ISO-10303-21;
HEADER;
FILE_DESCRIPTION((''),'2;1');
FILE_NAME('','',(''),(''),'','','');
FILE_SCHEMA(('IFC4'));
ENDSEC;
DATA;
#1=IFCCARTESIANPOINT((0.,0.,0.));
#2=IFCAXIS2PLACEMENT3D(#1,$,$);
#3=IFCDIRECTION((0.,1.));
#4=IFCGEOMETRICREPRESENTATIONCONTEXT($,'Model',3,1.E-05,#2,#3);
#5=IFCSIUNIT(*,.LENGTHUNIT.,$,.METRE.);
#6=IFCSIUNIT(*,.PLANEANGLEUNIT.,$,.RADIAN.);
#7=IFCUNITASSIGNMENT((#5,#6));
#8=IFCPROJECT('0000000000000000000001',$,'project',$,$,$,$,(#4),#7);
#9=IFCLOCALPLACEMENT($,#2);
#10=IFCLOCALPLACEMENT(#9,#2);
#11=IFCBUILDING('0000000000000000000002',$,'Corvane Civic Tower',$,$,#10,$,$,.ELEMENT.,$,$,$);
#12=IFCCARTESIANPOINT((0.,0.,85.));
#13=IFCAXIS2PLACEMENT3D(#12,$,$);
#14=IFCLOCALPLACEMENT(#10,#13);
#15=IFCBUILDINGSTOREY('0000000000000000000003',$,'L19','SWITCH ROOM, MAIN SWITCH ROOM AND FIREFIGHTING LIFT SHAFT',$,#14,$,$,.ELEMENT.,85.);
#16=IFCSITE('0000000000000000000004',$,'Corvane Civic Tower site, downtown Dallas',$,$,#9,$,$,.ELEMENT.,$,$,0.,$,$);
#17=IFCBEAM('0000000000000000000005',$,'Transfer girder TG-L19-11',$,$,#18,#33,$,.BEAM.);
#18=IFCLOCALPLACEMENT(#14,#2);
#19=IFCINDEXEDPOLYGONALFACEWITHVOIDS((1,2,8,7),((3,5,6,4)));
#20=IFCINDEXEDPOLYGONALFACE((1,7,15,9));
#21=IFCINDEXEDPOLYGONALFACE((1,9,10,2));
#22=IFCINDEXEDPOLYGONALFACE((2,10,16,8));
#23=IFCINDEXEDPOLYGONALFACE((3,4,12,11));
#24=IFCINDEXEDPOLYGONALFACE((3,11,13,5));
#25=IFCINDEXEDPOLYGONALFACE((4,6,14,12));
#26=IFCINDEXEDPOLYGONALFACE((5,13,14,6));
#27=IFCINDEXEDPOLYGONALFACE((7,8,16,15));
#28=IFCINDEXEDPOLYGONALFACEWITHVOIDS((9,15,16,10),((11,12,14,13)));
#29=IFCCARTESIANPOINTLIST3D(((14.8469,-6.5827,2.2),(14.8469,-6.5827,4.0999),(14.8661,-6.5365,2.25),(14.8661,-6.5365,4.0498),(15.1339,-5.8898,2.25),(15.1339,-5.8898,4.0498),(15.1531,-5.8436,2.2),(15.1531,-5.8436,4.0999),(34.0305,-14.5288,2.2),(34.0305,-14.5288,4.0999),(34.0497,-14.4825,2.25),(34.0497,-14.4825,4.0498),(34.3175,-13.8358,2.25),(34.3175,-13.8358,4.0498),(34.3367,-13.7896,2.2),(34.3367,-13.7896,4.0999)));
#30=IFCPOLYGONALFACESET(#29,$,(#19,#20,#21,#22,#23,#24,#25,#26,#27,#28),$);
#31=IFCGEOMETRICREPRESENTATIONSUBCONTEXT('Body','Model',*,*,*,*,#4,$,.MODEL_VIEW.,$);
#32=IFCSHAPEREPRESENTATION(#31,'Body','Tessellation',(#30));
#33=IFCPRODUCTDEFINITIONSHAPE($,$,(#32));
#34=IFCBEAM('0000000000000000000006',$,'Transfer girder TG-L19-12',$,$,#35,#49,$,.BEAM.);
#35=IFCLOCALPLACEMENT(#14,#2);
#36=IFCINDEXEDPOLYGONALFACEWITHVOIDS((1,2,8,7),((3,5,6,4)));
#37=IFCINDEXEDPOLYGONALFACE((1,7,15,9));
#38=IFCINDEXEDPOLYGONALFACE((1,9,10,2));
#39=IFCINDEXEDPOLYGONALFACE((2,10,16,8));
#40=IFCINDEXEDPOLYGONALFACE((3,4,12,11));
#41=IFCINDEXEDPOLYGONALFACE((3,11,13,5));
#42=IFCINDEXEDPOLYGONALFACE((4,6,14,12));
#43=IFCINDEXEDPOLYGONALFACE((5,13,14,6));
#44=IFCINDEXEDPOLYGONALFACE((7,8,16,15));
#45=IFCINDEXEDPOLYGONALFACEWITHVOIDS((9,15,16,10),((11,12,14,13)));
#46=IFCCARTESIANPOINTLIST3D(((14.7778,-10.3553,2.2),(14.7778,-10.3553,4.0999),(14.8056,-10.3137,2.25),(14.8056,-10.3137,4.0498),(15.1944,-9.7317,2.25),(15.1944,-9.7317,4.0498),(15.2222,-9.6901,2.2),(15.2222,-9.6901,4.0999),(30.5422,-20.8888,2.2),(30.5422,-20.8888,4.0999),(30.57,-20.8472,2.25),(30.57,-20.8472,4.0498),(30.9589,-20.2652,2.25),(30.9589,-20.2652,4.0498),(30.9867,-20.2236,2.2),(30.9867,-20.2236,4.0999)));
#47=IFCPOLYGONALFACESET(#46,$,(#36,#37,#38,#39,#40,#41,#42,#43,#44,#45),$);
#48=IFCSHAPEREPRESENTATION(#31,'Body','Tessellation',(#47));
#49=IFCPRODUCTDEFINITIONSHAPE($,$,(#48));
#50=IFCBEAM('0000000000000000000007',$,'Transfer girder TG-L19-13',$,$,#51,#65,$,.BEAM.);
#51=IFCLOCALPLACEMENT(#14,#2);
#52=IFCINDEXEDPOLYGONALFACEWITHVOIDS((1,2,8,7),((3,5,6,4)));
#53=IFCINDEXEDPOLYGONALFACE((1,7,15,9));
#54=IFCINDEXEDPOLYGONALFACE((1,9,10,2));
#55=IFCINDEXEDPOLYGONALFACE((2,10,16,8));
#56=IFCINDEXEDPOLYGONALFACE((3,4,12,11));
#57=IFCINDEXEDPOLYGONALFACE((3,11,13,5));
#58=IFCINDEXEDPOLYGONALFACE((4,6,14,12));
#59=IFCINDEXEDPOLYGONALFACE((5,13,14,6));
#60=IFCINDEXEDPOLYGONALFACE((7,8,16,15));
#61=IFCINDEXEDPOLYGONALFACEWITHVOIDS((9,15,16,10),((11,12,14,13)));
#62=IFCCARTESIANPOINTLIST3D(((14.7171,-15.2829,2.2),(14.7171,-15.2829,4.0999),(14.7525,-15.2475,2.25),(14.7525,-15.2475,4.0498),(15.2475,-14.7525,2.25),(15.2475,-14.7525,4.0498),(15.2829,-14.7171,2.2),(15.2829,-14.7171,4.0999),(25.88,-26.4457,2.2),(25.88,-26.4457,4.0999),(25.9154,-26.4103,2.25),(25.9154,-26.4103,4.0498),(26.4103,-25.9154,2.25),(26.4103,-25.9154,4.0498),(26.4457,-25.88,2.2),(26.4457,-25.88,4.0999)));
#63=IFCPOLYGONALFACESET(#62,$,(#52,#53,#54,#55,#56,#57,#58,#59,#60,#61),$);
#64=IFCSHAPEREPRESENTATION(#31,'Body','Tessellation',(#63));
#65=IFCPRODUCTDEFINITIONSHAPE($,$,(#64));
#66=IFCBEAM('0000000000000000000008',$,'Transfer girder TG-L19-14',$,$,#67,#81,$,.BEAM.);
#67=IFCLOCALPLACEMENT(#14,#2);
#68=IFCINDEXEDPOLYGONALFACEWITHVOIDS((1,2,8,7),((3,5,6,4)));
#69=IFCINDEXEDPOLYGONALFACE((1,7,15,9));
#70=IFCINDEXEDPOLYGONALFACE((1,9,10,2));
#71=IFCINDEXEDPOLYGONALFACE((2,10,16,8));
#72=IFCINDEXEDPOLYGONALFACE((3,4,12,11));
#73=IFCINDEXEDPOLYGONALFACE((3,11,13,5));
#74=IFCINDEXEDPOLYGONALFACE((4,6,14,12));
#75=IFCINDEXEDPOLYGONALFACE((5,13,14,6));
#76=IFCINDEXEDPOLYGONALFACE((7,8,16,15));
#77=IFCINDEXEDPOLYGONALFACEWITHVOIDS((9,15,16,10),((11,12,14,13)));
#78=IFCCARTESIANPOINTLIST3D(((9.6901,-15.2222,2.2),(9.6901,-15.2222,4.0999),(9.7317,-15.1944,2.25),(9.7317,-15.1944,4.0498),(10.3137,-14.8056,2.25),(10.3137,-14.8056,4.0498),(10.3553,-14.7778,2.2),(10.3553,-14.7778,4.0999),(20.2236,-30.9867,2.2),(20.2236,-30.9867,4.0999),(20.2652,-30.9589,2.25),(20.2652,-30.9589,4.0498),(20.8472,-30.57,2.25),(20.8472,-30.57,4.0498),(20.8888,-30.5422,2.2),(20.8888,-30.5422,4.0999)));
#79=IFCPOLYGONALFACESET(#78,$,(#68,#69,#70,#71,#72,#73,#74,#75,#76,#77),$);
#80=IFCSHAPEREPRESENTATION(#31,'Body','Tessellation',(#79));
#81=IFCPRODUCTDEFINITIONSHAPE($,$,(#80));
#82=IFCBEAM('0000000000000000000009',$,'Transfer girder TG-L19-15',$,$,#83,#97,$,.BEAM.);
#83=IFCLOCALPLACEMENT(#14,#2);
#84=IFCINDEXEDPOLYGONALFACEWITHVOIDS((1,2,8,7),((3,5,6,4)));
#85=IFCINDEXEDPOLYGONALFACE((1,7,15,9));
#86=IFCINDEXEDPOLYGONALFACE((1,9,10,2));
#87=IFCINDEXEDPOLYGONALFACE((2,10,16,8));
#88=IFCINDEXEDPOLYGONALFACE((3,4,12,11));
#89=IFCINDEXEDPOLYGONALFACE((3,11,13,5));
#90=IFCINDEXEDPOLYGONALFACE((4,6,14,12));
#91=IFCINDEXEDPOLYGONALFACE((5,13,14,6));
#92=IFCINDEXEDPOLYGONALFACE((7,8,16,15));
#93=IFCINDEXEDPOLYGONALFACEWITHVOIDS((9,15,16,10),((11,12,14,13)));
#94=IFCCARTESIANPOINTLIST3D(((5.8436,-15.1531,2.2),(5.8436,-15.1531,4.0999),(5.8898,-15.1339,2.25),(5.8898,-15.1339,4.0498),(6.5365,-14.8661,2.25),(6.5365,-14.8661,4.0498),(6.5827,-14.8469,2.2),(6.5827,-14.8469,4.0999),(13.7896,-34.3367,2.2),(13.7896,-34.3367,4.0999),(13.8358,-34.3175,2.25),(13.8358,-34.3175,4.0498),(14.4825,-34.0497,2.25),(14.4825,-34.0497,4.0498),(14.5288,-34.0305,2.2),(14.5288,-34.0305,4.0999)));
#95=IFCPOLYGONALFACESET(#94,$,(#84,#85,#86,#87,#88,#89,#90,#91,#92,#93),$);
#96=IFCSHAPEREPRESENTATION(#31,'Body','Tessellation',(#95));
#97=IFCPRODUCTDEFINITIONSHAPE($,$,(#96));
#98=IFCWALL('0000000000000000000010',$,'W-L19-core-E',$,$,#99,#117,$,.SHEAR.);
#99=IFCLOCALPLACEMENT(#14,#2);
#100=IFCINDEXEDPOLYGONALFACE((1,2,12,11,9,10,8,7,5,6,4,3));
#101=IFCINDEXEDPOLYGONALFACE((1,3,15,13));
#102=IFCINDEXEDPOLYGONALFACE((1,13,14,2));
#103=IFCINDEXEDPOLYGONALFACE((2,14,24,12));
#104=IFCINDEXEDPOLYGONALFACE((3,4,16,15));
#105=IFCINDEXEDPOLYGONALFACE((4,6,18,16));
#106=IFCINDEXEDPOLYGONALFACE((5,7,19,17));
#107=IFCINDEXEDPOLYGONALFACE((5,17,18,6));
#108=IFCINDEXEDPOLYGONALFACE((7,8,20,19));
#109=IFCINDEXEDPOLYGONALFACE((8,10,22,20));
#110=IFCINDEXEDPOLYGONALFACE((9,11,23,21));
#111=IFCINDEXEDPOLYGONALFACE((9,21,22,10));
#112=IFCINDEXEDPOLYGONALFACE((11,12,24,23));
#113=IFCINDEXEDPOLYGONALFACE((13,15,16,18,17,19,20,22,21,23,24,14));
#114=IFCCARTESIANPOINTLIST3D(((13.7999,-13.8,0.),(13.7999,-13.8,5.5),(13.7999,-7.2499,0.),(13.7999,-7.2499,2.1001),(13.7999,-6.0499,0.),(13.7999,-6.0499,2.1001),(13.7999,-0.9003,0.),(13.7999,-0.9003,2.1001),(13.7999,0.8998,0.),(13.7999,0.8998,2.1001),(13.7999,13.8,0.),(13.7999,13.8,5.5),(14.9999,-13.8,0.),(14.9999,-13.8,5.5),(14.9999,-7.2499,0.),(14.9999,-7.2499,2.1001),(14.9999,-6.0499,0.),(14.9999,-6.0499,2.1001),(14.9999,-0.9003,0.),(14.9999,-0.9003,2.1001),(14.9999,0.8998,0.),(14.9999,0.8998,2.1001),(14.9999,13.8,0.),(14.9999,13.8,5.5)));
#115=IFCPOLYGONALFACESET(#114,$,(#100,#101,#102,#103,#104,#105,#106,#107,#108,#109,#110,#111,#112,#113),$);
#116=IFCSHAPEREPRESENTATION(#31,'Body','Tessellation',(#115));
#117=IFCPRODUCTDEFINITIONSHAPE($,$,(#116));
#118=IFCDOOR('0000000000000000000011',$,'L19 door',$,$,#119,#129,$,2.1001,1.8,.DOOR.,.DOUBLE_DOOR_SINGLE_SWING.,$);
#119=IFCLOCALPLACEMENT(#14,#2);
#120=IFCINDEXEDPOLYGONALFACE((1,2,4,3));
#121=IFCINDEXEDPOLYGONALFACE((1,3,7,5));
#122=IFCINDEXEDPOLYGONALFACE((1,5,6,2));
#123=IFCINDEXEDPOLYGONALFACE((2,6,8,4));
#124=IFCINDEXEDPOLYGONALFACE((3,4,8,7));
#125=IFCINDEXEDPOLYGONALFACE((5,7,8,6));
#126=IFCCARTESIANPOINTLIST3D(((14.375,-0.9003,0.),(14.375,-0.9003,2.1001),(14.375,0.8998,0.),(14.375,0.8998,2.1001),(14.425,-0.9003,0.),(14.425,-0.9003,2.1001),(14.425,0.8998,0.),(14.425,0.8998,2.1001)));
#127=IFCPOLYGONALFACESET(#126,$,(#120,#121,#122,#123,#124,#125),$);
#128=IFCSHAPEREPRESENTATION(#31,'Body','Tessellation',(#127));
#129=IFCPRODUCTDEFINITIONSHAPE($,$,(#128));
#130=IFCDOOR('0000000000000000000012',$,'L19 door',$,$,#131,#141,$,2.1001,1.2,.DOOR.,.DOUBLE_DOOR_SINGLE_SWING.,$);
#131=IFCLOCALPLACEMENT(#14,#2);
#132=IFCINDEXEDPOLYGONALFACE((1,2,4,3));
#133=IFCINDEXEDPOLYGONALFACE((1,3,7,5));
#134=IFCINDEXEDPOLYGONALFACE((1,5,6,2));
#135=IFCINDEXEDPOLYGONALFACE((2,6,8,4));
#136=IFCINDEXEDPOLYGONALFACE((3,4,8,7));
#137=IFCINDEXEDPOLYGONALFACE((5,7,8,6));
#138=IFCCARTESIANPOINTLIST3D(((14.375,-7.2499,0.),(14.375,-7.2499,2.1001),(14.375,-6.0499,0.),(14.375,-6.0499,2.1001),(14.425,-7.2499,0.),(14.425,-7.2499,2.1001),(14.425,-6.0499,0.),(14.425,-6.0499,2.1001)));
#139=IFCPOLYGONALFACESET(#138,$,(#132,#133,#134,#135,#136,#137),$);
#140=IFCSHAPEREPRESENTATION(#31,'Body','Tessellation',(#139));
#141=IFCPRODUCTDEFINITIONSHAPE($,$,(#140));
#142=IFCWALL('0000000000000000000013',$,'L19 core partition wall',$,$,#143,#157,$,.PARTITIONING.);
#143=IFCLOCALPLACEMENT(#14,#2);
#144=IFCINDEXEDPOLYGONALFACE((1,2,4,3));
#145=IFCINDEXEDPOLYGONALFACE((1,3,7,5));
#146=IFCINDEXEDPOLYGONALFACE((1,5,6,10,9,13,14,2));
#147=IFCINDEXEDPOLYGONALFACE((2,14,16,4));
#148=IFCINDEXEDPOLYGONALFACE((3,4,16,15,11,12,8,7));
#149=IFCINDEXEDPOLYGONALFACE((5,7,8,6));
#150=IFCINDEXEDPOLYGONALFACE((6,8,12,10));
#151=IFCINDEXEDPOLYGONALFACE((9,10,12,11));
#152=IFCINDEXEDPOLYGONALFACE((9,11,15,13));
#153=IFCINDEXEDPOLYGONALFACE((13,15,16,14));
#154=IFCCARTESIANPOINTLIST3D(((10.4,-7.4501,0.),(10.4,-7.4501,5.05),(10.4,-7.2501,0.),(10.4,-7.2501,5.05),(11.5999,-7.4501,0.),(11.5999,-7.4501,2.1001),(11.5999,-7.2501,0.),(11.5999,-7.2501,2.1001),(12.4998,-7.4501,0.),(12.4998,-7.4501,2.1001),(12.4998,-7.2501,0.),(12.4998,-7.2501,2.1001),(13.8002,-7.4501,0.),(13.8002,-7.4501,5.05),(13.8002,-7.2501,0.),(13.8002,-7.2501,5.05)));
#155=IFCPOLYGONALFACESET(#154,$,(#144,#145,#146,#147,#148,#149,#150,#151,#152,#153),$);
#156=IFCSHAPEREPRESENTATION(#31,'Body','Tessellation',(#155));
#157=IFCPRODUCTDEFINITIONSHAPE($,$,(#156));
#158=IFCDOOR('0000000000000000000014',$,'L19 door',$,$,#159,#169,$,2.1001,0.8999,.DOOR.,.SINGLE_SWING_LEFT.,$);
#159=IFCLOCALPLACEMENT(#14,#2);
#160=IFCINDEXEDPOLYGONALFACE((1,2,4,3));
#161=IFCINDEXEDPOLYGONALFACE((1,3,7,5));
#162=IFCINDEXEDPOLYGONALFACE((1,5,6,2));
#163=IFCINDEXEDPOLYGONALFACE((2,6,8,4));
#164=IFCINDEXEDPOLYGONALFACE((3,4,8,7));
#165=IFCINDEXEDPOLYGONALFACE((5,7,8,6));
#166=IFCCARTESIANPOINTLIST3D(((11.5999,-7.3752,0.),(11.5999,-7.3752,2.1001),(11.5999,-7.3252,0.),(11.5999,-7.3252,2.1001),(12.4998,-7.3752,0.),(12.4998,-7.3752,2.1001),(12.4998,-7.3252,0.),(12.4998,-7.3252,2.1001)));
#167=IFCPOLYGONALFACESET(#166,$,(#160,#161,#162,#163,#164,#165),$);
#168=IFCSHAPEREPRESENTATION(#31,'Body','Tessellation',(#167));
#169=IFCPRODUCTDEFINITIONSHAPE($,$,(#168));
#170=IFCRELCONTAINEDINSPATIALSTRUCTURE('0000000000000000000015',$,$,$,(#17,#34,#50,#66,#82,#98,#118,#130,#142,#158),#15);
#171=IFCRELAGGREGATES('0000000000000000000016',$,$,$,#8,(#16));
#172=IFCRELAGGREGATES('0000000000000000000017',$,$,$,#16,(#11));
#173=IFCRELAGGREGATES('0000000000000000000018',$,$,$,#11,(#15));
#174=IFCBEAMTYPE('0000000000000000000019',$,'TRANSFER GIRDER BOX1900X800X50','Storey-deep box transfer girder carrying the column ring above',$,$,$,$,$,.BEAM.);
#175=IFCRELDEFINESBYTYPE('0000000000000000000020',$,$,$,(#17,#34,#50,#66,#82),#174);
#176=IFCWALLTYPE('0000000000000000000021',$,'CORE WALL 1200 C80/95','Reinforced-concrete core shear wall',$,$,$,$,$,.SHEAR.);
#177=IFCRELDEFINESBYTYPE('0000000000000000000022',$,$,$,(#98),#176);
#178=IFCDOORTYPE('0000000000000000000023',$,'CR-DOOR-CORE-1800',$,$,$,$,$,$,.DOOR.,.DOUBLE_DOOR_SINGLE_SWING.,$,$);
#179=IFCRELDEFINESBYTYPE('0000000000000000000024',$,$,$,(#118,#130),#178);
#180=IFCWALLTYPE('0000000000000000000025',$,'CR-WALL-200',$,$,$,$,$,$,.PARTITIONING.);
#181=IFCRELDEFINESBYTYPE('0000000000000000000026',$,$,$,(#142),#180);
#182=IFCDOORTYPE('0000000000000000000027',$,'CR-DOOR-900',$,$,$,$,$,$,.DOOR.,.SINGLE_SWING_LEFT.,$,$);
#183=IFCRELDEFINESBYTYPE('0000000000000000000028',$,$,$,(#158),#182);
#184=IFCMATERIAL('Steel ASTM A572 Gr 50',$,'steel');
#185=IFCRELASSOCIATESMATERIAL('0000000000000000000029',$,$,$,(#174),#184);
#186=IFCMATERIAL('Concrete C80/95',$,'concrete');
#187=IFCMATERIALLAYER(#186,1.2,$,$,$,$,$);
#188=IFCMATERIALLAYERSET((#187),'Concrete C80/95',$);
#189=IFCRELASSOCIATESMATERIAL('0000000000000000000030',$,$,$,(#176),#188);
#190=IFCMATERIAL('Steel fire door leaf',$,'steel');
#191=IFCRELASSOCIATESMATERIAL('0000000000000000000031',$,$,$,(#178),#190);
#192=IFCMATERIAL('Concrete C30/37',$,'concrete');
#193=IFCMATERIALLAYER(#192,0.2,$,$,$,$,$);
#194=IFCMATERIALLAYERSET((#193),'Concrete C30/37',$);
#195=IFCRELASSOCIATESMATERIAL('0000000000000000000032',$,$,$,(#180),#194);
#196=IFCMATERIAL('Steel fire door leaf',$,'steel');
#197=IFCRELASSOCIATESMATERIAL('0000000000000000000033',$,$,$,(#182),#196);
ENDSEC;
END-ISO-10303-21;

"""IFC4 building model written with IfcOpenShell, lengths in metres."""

from ifc_helpers import new_model, si_unit, direction, frame, frame_2d, origin, origin_2d, place, context, subcontext, project, spatial, rectangle, hollow_rectangle, extrude, material, layer, layer_set, material_profile, profile_set, type_object, element, fill, save


model = new_model("IFC4")

# Units and contexts
model_context = context("Model", 3, precision=1e-05, world=origin(), true_north=direction((0.0, 1.0)))
body_context = subcontext(model_context, "Body", "Model", "MODEL_VIEW")
ifc_project = project(units=[si_unit("LENGTHUNIT", "METRE"), si_unit("PLANEANGLEUNIT", "RADIAN")], contexts=[model_context])

# Site, building, storey
site_placement = place(None, origin())
site = spatial("IfcSite", under=ifc_project, at=site_placement, Name="Corvane Civic Tower site, downtown Dallas", CompositionType="ELEMENT", RefElevation=0.0)
building_placement = place(site_placement, origin())
building = spatial("IfcBuilding", under=site, at=building_placement, Name="Corvane Civic Tower", CompositionType="ELEMENT")
storey_placement = place(building_placement, frame((0.0, 0.0, 85.0)))
storey = spatial("IfcBuildingStorey", under=building, at=storey_placement, Name="L19", Description="SWITCH ROOM, MAIN SWITCH ROOM AND FIREFIGHTING LIFT SHAFT", CompositionType="ELEMENT", Elevation=85.0)

# Beams
ifc_material_1 = material(Name="Steel ASTM A572 Gr 50", Category="steel")
ifc_material_profile_1 = material_profile(ifc_material_1, hollow_rectangle(XDim=0.8, YDim=1.8999, WallThickness=0.05, at=origin_2d()), Name="BOX1900X800X50")
ifc_profile_set_1 = profile_set([ifc_material_profile_1], Name="Steel ASTM A572 Gr 50")
beam_type_1 = type_object("IfcBeamType", Name="TRANSFER GIRDER BOX1900X800X50", Description="Storey-deep box transfer girder carrying the column ring above", PredefinedType="BEAM", material=ifc_profile_set_1)
beam_1_placement = place(storey_placement, frame((15.0, -6.2131, 3.1499), z_axis=(0.923881, -0.382681, 0.0), x_axis=(0.382681, 0.923881, 0.0)))
element("IfcBeam", 1, at=beam_1_placement, inside=storey, type_object=beam_type_1, Name="Transfer girder TG-L19-11", PredefinedType="BEAM", context=body_context, shape_type="SweptSolid", body=[
    extrude(hollow_rectangle(XDim=0.8, YDim=1.8999, WallThickness=0.05, at=origin_2d()), origin(), (0.0, 0.0, 1.0), 20.7642),
])
beam_2_placement = place(storey_placement, frame((15.0, -10.0227, 3.1499), z_axis=(0.831469, -0.555571, 0.0), x_axis=(0.555571, 0.831469, 0.0)))
element("IfcBeam", 2, at=beam_2_placement, inside=storey, type_object=beam_type_1, Name="Transfer girder TG-L19-12", PredefinedType="BEAM", context=body_context, shape_type="SweptSolid", body=[
    extrude(hollow_rectangle(XDim=0.8, YDim=1.8999, WallThickness=0.05, at=origin_2d()), origin(), (0.0, 0.0, 1.0), 18.9597),
])
beam_3_placement = place(storey_placement, frame((15.0, -15.0, 3.1499), z_axis=(0.707107, -0.707107, 0.0), x_axis=(0.707107, 0.707107, 0.0)))
element("IfcBeam", 3, at=beam_3_placement, inside=storey, type_object=beam_type_1, Name="Transfer girder TG-L19-13", PredefinedType="BEAM", context=body_context, shape_type="SweptSolid", body=[
    extrude(hollow_rectangle(XDim=0.8, YDim=1.8999, WallThickness=0.05, at=origin_2d()), origin(), (0.0, 0.0, 1.0), 15.7866),
])
beam_4_placement = place(storey_placement, frame((10.0227, -15.0, 3.1499), z_axis=(0.555571, -0.831469, 0.0), x_axis=(0.831469, 0.555571, 0.0)))
element("IfcBeam", 4, at=beam_4_placement, inside=storey, type_object=beam_type_1, Name="Transfer girder TG-L19-14", PredefinedType="BEAM", context=body_context, shape_type="SweptSolid", body=[
    extrude(hollow_rectangle(XDim=0.8, YDim=1.8999, WallThickness=0.05, at=origin_2d()), origin(), (0.0, 0.0, 1.0), 18.9597),
])
beam_5_placement = place(storey_placement, frame((6.2131, -15.0, 3.1499), z_axis=(0.382681, -0.923881, 0.0), x_axis=(0.923881, 0.382681, 0.0)))
element("IfcBeam", 5, at=beam_5_placement, inside=storey, type_object=beam_type_1, Name="Transfer girder TG-L19-15", PredefinedType="BEAM", context=body_context, shape_type="SweptSolid", body=[
    extrude(hollow_rectangle(XDim=0.8, YDim=1.8999, WallThickness=0.05, at=origin_2d()), origin(), (0.0, 0.0, 1.0), 20.7642),
])

# Wall, openings, doors
ifc_material_2 = material(Name="Concrete C80/95", Category="concrete")
ifc_layer_1 = layer(ifc_material_2, 1.2)
ifc_layer_set_1 = layer_set([ifc_layer_1], Name="Concrete C80/95")
wall_type_1 = type_object("IfcWallType", Name="CORE WALL 1200 C80/95", Description="Reinforced-concrete core shear wall", PredefinedType="SHEAR", material=ifc_layer_set_1)
wall_1_placement = place(storey_placement, frame((14.3999, -13.8, 0.0), z_axis=(0.0, 0.0, 1.0), x_axis=(0.0, 1.0, 0.0)))
wall_1 = element("IfcWall", 6, at=wall_1_placement, inside=storey, type_object=wall_type_1, Name="W-L19-core-E", PredefinedType="SHEAR", context=body_context, shape_type="SweptSolid", body=[
    extrude(rectangle(XDim=27.6001, YDim=1.2, at=frame_2d((13.8, 0.0))), origin(), (0.0, 0.0, 1.0), 5.5),
])
opening_1_placement = place(wall_1_placement, frame((12.8999, 0.0, 0.0)))
opening_1 = element("IfcOpeningElement", 7, at=opening_1_placement, cuts=wall_1, PredefinedType="OPENING", context=body_context, shape_type="SweptSolid", body=[
    extrude(rectangle(XDim=1.8, YDim=2.1001, at=frame_2d((0.8999, 1.05))), frame((0.0, 0.6099, 0.0), z_axis=(0.0, -1.0, 0.0), x_axis=(1.0, 0.0, 0.0)), (0.0, 0.0, 1.0), 1.22),
])
opening_2_placement = place(wall_1_placement, frame((6.55, 0.0, 0.0)))
opening_2 = element("IfcOpeningElement", 8, at=opening_2_placement, cuts=wall_1, PredefinedType="OPENING", context=body_context, shape_type="SweptSolid", body=[
    extrude(rectangle(XDim=1.2, YDim=2.1001, at=frame_2d((0.6001, 1.05))), frame((0.0, 0.6099, 0.0), z_axis=(0.0, -1.0, 0.0), x_axis=(1.0, 0.0, 0.0)), (0.0, 0.0, 1.0), 1.22),
])
ifc_material_3 = material(Name="Steel fire door leaf", Category="steel")
door_type_1 = type_object("IfcDoorType", Name="CR-DOOR-CORE-1800", OperationType="DOUBLE_DOOR_SINGLE_SWING", PredefinedType="DOOR", material=ifc_material_3)
door_1_placement = place(opening_1_placement, origin())
door_1 = element("IfcDoor", 9, at=door_1_placement, inside=storey, type_object=door_type_1, Name="L19 door", OperationType="DOUBLE_DOOR_SINGLE_SWING", OverallHeight=2.1001, OverallWidth=1.8, PredefinedType="DOOR", context=body_context, shape_type="SweptSolid", body=[
    extrude(rectangle(XDim=1.8, YDim=2.1001, at=frame_2d((0.8999, 1.05))), frame((0.0, 0.0249, 0.0), z_axis=(0.0, -1.0, 0.0), x_axis=(1.0, 0.0, 0.0)), (0.0, 0.0, 1.0), 0.05),
])
fill(opening_1, door_1)
door_2_placement = place(opening_2_placement, origin())
door_2 = element("IfcDoor", 10, at=door_2_placement, inside=storey, type_object=door_type_1, Name="L19 door", OperationType="DOUBLE_DOOR_SINGLE_SWING", OverallHeight=2.1001, OverallWidth=1.2, PredefinedType="DOOR", context=body_context, shape_type="SweptSolid", body=[
    extrude(rectangle(XDim=1.2, YDim=2.1001, at=frame_2d((0.6001, 1.05))), frame((0.0, 0.0249, 0.0), z_axis=(0.0, -1.0, 0.0), x_axis=(1.0, 0.0, 0.0)), (0.0, 0.0, 1.0), 0.05),
])
fill(opening_2, door_2)

# Wall, opening, door
ifc_material_4 = material(Name="Concrete C30/37", Category="concrete")
ifc_layer_2 = layer(ifc_material_4, 0.2)
ifc_layer_set_2 = layer_set([ifc_layer_2], Name="Concrete C30/37")
wall_type_2 = type_object("IfcWallType", Name="CR-WALL-200", PredefinedType="PARTITIONING", material=ifc_layer_set_2)
wall_2_placement = place(storey_placement, frame((10.3999, -7.3501, 0.0), z_axis=(0.0, 0.0, 1.0), x_axis=(1.0, 0.0, 0.0)))
wall_2 = element("IfcWall", 11, at=wall_2_placement, inside=storey, type_object=wall_type_2, Name="L19 core partition wall", PredefinedType="PARTITIONING", context=body_context, shape_type="SweptSolid", body=[
    extrude(rectangle(XDim=3.4001, YDim=0.2, at=frame_2d((1.7002, 0.0))), origin(), (0.0, 0.0, 1.0), 5.05),
])
opening_3_placement = place(wall_2_placement, frame((1.2, 0.0, 0.0)))
opening_3 = element("IfcOpeningElement", 12, at=opening_3_placement, cuts=wall_2, PredefinedType="OPENING", context=body_context, shape_type="SweptSolid", body=[
    extrude(rectangle(XDim=0.8999, YDim=2.1001, at=frame_2d((0.45, 1.05))), frame((0.0, 0.1099, 0.0), z_axis=(0.0, -1.0, 0.0), x_axis=(1.0, 0.0, 0.0)), (0.0, 0.0, 1.0), 0.22),
])
ifc_material_5 = material(Name="Steel fire door leaf", Category="steel")
door_type_2 = type_object("IfcDoorType", Name="CR-DOOR-900", OperationType="SINGLE_SWING_LEFT", PredefinedType="DOOR", material=ifc_material_5)
door_3_placement = place(opening_3_placement, origin())
door_3 = element("IfcDoor", 13, at=door_3_placement, inside=storey, type_object=door_type_2, Name="L19 door", OperationType="SINGLE_SWING_LEFT", OverallHeight=2.1001, OverallWidth=0.8999, PredefinedType="DOOR", context=body_context, shape_type="SweptSolid", body=[
    extrude(rectangle(XDim=0.8999, YDim=2.1001, at=frame_2d((0.45, 1.05))), frame((0.0, 0.0249, 0.0), z_axis=(0.0, -1.0, 0.0), x_axis=(1.0, 0.0, 0.0)), (0.0, 0.0, 1.0), 0.05),
])
fill(opening_3, door_3)

save(model, "model.ifc")
